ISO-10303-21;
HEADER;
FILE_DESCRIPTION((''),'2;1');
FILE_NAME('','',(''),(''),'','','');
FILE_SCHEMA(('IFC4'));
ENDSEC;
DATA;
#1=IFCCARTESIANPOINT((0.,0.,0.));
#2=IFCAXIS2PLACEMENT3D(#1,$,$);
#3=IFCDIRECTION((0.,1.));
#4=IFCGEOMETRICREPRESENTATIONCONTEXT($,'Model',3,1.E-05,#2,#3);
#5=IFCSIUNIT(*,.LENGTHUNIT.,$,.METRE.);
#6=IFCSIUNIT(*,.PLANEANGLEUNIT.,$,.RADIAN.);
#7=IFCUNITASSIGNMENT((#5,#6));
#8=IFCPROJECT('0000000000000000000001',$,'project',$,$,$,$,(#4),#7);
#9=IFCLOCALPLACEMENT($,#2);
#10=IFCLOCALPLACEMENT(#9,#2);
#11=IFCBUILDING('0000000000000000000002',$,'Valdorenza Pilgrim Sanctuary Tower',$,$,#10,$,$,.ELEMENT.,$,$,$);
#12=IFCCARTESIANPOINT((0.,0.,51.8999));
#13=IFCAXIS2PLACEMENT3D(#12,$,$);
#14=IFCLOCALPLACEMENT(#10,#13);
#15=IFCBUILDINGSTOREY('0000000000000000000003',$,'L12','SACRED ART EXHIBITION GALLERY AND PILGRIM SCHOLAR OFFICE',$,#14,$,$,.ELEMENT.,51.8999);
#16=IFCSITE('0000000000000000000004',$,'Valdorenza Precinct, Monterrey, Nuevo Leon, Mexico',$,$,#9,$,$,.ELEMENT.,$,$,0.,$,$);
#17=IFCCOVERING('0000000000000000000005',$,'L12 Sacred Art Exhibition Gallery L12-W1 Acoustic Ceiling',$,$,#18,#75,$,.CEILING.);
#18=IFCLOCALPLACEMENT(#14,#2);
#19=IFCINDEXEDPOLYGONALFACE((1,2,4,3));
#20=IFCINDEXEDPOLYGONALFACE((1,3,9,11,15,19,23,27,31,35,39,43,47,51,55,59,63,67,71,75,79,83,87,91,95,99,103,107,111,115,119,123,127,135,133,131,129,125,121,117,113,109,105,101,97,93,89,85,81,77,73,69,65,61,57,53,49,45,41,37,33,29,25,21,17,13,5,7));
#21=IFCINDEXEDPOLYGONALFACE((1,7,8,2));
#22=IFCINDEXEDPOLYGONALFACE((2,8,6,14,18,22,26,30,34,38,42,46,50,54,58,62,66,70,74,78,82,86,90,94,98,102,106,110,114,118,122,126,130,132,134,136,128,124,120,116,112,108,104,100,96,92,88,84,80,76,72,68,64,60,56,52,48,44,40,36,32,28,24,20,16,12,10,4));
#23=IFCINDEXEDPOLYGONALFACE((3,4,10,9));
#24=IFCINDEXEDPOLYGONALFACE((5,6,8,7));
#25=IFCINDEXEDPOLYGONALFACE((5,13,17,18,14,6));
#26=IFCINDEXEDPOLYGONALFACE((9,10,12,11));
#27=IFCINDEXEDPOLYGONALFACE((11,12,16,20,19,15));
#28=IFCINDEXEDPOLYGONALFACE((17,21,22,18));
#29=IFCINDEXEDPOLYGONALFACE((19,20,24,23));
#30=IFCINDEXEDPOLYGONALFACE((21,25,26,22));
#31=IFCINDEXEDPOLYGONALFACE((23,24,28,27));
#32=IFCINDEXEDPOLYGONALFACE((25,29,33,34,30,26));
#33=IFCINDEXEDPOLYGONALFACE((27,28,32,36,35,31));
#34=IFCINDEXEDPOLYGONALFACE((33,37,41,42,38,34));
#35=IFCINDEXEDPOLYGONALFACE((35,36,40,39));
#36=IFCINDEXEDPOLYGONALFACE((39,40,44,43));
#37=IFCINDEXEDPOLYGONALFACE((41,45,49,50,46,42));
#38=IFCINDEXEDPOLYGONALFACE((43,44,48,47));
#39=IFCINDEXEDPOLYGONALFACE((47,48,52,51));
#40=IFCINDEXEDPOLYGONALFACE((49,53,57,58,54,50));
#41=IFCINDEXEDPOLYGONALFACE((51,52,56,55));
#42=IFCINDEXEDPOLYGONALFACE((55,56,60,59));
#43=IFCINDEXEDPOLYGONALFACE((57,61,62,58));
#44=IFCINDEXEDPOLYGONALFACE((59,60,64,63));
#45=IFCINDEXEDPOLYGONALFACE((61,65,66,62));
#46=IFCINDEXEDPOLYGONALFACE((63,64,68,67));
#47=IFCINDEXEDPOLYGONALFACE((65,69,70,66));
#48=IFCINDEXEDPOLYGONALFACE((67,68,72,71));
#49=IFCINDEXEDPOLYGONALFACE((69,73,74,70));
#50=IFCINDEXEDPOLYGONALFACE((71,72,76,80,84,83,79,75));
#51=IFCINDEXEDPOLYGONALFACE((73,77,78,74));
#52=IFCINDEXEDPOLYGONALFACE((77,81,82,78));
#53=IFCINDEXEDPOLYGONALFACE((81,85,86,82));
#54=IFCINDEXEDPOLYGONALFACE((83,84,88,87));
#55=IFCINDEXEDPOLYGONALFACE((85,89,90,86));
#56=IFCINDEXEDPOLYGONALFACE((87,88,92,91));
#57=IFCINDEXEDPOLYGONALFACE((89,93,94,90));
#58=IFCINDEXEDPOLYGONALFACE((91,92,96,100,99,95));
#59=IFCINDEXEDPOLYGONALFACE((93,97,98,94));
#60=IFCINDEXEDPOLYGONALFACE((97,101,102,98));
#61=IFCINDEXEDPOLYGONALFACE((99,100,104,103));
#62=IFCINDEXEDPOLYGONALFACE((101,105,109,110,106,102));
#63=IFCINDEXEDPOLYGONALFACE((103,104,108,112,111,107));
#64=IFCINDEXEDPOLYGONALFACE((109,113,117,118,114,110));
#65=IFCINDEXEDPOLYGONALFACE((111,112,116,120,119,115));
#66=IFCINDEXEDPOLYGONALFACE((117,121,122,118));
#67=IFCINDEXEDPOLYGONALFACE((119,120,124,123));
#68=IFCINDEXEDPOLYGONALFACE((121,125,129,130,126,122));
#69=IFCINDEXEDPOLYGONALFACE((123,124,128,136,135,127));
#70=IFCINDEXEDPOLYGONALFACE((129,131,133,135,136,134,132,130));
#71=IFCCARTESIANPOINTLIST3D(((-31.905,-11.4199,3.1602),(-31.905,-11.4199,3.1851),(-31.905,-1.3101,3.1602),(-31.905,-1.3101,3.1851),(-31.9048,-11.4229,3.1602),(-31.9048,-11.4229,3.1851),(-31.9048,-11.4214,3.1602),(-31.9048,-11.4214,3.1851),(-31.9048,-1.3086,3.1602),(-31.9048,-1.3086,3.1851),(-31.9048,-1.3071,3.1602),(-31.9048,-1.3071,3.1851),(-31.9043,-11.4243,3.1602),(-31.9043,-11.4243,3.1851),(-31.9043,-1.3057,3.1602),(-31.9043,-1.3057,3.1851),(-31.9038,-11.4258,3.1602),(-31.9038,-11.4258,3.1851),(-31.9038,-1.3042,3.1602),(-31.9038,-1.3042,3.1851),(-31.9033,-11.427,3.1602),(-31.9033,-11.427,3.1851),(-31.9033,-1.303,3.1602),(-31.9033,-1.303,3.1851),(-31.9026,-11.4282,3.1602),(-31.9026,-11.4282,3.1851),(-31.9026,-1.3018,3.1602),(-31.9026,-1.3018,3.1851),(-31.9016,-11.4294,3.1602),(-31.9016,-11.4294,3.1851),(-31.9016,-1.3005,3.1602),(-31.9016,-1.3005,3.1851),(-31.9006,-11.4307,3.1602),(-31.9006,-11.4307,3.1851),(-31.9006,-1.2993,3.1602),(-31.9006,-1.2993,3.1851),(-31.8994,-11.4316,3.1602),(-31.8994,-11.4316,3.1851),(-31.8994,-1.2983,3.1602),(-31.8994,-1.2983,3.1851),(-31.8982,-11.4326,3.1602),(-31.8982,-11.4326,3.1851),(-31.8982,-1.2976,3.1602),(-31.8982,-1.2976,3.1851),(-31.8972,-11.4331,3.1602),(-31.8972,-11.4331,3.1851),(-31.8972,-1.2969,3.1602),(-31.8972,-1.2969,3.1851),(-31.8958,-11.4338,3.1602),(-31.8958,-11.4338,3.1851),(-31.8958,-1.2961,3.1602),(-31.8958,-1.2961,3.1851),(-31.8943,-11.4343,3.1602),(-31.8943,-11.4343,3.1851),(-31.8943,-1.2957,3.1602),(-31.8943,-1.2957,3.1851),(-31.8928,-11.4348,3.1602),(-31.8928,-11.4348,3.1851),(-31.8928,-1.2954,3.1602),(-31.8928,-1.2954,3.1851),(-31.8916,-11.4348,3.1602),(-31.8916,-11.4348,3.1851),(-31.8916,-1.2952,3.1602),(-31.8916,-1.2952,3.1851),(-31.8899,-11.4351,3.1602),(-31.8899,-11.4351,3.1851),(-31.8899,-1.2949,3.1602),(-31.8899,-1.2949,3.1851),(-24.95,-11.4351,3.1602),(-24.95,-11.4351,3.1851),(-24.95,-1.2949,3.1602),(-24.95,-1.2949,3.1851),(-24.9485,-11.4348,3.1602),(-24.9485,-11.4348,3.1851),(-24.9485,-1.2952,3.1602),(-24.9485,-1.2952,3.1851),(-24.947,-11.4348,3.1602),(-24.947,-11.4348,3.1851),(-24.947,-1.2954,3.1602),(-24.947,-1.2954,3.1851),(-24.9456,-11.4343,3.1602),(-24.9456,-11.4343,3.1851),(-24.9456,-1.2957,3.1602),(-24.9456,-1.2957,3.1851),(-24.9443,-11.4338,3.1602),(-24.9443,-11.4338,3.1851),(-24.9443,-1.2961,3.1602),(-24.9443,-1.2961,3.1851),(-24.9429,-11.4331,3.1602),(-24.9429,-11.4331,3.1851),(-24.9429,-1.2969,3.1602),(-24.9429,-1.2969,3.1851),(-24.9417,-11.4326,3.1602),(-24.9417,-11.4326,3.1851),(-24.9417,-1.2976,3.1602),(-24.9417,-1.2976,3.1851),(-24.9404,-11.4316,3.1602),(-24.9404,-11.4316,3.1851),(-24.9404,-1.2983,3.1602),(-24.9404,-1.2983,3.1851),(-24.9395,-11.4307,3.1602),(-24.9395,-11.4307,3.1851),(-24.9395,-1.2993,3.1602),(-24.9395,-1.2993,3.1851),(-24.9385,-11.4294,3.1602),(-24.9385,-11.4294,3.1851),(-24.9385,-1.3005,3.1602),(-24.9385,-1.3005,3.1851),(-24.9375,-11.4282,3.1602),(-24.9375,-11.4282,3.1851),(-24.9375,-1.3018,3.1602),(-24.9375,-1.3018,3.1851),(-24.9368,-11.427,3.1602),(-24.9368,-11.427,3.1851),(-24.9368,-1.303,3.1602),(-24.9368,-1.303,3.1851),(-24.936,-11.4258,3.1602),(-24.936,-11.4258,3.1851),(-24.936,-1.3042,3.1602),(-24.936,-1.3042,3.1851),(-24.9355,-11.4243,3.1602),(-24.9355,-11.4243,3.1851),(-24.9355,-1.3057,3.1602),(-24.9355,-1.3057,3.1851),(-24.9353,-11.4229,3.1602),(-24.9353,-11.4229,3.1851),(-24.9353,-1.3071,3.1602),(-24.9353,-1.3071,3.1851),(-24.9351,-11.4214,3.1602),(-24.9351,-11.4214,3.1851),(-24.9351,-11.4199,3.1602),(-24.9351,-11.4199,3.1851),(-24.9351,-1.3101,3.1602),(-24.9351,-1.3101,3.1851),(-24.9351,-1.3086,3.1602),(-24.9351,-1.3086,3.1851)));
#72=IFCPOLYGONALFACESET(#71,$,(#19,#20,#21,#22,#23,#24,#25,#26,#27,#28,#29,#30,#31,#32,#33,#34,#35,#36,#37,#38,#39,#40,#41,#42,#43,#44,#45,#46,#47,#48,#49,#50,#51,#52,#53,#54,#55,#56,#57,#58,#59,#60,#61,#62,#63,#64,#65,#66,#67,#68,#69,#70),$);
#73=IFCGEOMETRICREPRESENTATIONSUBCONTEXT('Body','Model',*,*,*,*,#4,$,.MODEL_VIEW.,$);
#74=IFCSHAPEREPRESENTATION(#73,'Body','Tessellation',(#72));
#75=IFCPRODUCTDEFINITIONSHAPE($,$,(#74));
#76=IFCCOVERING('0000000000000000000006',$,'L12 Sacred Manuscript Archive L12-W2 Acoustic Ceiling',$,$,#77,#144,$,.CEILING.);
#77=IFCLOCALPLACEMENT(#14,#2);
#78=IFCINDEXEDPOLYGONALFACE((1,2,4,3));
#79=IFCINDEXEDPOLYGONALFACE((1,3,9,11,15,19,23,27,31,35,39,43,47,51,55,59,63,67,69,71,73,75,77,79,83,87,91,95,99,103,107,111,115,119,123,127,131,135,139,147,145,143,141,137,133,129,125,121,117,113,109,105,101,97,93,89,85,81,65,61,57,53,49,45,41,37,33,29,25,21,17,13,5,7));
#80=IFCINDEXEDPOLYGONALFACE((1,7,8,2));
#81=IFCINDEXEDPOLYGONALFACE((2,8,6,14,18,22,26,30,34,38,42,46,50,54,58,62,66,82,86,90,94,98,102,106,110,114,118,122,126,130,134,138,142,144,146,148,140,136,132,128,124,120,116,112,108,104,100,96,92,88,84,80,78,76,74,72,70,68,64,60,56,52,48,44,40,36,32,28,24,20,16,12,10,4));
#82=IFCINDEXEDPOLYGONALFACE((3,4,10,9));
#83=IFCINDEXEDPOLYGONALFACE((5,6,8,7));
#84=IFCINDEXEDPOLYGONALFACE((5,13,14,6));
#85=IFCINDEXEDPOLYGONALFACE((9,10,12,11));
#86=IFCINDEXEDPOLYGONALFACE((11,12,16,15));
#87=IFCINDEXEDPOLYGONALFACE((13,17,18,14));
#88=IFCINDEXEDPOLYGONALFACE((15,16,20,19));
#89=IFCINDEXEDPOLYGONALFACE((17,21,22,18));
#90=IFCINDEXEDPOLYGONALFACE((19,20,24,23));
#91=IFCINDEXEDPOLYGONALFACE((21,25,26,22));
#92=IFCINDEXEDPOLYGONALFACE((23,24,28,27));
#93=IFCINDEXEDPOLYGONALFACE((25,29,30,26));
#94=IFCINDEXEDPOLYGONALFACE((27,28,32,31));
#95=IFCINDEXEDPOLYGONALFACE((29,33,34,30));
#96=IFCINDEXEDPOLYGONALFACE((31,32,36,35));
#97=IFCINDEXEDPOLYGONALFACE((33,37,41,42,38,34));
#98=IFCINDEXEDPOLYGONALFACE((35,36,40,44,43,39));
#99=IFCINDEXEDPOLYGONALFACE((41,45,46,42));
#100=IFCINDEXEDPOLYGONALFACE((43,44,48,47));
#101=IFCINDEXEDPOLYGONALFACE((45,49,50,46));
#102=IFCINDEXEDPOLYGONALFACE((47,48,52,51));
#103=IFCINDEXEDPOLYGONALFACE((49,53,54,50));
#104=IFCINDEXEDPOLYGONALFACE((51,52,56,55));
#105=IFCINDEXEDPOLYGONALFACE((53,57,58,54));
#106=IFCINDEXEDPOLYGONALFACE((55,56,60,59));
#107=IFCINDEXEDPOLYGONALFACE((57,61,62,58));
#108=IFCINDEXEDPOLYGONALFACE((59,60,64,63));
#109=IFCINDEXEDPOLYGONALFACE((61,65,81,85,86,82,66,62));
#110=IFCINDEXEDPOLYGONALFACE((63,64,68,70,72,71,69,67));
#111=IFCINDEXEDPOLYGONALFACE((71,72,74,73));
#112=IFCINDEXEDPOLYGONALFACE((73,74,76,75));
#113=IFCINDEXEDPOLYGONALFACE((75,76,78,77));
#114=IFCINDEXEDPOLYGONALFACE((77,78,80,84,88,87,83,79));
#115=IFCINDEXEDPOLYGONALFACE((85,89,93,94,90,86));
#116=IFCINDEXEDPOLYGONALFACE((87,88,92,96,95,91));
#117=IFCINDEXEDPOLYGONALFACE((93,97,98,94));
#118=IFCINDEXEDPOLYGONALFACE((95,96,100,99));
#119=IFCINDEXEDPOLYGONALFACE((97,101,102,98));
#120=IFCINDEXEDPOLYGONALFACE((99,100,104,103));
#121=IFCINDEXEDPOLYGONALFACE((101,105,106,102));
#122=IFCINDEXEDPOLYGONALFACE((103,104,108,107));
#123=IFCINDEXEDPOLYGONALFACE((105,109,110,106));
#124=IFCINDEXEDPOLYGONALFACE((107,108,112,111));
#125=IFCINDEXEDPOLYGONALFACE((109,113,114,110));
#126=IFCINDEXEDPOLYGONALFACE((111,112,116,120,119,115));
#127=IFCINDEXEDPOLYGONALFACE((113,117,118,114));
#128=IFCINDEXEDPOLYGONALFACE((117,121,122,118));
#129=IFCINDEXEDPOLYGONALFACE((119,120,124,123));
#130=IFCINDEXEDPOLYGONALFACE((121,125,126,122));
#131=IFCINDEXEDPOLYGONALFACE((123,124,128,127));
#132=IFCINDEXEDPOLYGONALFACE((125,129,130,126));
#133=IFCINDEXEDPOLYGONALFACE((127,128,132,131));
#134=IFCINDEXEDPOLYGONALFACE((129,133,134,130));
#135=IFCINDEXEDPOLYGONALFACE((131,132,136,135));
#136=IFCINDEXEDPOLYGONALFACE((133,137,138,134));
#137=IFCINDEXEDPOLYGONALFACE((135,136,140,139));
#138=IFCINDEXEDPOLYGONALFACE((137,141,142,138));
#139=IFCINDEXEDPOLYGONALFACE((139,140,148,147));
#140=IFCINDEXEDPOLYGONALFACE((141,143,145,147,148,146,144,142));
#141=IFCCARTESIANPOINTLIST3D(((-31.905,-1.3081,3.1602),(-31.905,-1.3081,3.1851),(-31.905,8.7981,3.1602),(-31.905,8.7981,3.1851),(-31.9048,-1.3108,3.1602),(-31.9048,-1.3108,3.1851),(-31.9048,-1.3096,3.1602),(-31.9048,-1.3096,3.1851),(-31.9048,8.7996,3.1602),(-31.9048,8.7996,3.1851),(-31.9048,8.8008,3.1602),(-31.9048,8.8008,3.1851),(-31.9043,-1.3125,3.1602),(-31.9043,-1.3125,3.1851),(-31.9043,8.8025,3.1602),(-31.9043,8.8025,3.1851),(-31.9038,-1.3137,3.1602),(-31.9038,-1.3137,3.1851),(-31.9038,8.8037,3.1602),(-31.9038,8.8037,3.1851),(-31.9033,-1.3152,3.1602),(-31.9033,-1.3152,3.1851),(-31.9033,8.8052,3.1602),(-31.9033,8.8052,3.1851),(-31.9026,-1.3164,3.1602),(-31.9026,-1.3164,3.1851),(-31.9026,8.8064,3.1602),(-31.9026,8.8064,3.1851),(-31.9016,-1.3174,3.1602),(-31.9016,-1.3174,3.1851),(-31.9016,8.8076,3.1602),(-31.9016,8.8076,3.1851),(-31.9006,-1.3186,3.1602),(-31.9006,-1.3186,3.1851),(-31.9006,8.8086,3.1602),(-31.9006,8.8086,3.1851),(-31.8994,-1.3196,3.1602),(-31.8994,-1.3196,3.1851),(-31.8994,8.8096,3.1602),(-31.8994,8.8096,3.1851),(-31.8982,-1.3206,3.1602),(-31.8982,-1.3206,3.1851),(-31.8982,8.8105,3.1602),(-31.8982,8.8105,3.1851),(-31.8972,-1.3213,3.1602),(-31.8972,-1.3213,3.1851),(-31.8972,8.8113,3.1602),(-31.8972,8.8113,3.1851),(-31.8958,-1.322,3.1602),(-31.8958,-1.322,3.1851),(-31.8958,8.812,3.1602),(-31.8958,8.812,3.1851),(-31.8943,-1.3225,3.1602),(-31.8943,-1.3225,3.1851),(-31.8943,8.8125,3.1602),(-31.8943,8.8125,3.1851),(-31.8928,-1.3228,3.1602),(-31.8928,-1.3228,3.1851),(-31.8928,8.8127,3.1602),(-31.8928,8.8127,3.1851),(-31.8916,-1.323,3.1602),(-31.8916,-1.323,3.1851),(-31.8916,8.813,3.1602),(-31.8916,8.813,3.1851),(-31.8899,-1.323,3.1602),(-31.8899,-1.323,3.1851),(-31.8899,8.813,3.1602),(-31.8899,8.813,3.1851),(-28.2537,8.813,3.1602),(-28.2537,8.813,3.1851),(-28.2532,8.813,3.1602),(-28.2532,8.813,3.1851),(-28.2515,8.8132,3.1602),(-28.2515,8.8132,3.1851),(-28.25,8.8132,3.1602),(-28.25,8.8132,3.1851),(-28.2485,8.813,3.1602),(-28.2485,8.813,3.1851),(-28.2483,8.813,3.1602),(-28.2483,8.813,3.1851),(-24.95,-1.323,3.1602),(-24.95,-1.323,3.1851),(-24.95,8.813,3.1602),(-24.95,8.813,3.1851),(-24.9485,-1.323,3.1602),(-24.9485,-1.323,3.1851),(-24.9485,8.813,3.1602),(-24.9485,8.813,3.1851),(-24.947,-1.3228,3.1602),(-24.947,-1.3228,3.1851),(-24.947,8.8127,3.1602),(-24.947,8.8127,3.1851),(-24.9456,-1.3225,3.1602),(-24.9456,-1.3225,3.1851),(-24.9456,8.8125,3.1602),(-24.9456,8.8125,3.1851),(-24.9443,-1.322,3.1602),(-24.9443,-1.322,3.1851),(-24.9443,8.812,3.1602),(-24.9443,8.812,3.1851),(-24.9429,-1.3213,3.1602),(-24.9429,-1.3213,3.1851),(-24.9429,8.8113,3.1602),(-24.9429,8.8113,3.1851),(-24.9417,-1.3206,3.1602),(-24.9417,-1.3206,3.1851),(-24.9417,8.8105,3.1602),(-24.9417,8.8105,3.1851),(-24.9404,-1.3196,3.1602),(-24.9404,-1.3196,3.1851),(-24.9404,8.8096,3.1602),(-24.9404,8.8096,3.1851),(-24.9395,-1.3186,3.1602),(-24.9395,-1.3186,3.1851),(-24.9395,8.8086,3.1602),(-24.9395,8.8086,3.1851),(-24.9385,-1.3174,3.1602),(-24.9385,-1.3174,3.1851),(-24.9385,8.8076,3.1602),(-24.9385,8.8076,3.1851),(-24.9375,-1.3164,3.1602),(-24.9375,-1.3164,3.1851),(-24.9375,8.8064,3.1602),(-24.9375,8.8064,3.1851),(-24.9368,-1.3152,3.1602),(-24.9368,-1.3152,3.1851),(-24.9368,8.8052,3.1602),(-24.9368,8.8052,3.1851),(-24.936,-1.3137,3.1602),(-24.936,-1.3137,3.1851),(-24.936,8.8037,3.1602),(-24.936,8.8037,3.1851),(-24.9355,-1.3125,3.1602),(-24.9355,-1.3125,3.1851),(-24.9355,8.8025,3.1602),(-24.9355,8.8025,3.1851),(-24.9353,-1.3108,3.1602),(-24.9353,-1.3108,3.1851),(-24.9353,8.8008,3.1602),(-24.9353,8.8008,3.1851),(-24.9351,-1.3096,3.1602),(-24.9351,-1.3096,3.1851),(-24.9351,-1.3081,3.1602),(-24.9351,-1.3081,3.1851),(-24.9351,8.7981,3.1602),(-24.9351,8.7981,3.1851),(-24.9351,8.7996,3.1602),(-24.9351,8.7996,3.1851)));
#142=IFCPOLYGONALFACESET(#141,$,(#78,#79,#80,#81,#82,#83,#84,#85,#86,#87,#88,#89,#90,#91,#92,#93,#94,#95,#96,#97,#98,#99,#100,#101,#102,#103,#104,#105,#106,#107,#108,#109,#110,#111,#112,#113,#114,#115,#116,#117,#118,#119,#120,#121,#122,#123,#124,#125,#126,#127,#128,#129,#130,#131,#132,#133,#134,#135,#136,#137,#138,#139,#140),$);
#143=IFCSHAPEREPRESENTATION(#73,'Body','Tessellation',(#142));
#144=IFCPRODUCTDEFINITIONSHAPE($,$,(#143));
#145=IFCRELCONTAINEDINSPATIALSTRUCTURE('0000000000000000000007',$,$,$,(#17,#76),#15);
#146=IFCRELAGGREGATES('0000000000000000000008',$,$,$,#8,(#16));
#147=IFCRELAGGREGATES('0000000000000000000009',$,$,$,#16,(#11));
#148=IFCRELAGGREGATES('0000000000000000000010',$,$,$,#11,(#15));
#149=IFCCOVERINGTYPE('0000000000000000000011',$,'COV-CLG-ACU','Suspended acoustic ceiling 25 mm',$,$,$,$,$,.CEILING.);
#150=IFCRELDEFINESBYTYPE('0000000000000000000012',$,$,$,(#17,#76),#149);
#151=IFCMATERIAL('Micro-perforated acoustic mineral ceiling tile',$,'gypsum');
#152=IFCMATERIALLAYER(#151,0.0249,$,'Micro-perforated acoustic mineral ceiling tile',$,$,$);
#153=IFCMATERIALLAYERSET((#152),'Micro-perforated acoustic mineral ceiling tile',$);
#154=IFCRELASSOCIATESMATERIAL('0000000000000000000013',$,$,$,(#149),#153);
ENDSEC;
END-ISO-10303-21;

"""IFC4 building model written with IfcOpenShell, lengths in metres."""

from ifc_helpers import new_model, si_unit, direction, frame, origin, place, context, subcontext, project, spatial, polyline, outline, extrude, material, layer, layer_set, type_object, element, save


model = new_model("IFC4")

# Units and contexts
model_context = context("Model", 3, precision=1e-05, world=origin(), true_north=direction((0.0, 1.0)))
body_context = subcontext(model_context, "Body", "Model", "MODEL_VIEW")
ifc_project = project(units=[si_unit("LENGTHUNIT", "METRE"), si_unit("PLANEANGLEUNIT", "RADIAN")], contexts=[model_context])

# Site, building, storey
site_placement = place(None, origin())
site = spatial("IfcSite", under=ifc_project, at=site_placement, Name="Valdorenza Precinct, Monterrey, Nuevo Leon, Mexico", CompositionType="ELEMENT", RefElevation=0.0)
building_placement = place(site_placement, origin())
building = spatial("IfcBuilding", under=site, at=building_placement, Name="Valdorenza Pilgrim Sanctuary Tower", CompositionType="ELEMENT")
storey_placement = place(building_placement, frame((0.0, 0.0, 51.8999)))
storey = spatial("IfcBuildingStorey", under=building, at=storey_placement, Name="L12", Description="SACRED ART EXHIBITION GALLERY AND PILGRIM SCHOLAR OFFICE", CompositionType="ELEMENT", Elevation=51.8999)

# Coverings
ifc_material_1 = material(Name="Micro-perforated acoustic mineral ceiling tile", Category="gypsum")
ifc_layer_1 = layer(ifc_material_1, 0.0249, Name="Micro-perforated acoustic mineral ceiling tile")
ifc_layer_set_1 = layer_set([ifc_layer_1], Name="Micro-perforated acoustic mineral ceiling tile")
covering_type_1 = type_object("IfcCoveringType", Name="COV-CLG-ACU", Description="Suspended acoustic ceiling 25 mm", PredefinedType="CEILING", material=ifc_layer_set_1)
covering_1_placement = place(storey_placement, frame((0.0, 0.0, 3.1602)))
element("IfcCovering", 1, at=covering_1_placement, inside=storey, type_object=covering_type_1, Name="L12 Sacred Art Exhibition Gallery L12-W1 Acoustic Ceiling", PredefinedType="CEILING", context=body_context, shape_type="SweptSolid", body=[
    extrude(outline(polyline([(-24.9351, -11.4199), (-24.9351, -11.4214), (-24.9353, -11.4229), (-24.9355, -11.4243), (-24.936, -11.4258), (-24.9368, -11.427), (-24.9375, -11.4282), (-24.9385, -11.4294), (-24.9395, -11.4307), (-24.9404, -11.4316), (-24.9417, -11.4326), (-24.9429, -11.4331), (-24.9443, -11.4338), (-24.9456, -11.4343), (-24.947, -11.4348), (-24.9485, -11.4348), (-24.95, -11.4351), (-31.8899, -11.4351), (-31.8916, -11.4348), (-31.8928, -11.4348), (-31.8943, -11.4343), (-31.8958, -11.4338), (-31.8972, -11.4331), (-31.8982, -11.4326), (-31.8994, -11.4316), (-31.9006, -11.4307), (-31.9016, -11.4294), (-31.9026, -11.4282), (-31.9033, -11.427), (-31.9038, -11.4258), (-31.9043, -11.4243), (-31.9048, -11.4229), (-31.9048, -11.4214), (-31.905, -11.4199), (-31.905, -1.3101), (-31.9048, -1.3086), (-31.9048, -1.3071), (-31.9043, -1.3057), (-31.9038, -1.3042), (-31.9033, -1.303), (-31.9026, -1.3018), (-31.9016, -1.3005), (-31.9006, -1.2993), (-31.8994, -1.2983), (-31.8982, -1.2976), (-31.8972, -1.2969), (-31.8958, -1.2961), (-31.8943, -1.2957), (-31.8928, -1.2954), (-31.8916, -1.2952), (-31.8899, -1.2949), (-24.95, -1.2949), (-24.9485, -1.2952), (-24.947, -1.2954), (-24.9456, -1.2957), (-24.9443, -1.2961), (-24.9429, -1.2969), (-24.9417, -1.2976), (-24.9404, -1.2983), (-24.9395, -1.2993), (-24.9385, -1.3005), (-24.9375, -1.3018), (-24.9368, -1.303), (-24.936, -1.3042), (-24.9355, -1.3057), (-24.9353, -1.3071), (-24.9351, -1.3086), (-24.9351, -1.3101), (-24.9351, -11.4199)])), origin(), (0.0, 0.0, 1.0), 0.0249),
])
covering_2_placement = place(storey_placement, frame((0.0, 0.0, 3.1602)))
element("IfcCovering", 2, at=covering_2_placement, inside=storey, type_object=covering_type_1, Name="L12 Sacred Manuscript Archive L12-W2 Acoustic Ceiling", PredefinedType="CEILING", context=body_context, shape_type="SweptSolid", body=[
    extrude(outline(polyline([(-28.2537, 8.813), (-28.2532, 8.813), (-28.2515, 8.8132), (-28.25, 8.8132), (-28.2485, 8.813), (-28.2483, 8.813), (-24.95, 8.813), (-24.9485, 8.813), (-24.947, 8.8127), (-24.9456, 8.8125), (-24.9443, 8.812), (-24.9429, 8.8113), (-24.9417, 8.8105), (-24.9404, 8.8096), (-24.9395, 8.8086), (-24.9385, 8.8076), (-24.9375, 8.8064), (-24.9368, 8.8052), (-24.936, 8.8037), (-24.9355, 8.8025), (-24.9353, 8.8008), (-24.9351, 8.7996), (-24.9351, 8.7981), (-24.9351, -1.3081), (-24.9351, -1.3096), (-24.9353, -1.3108), (-24.9355, -1.3125), (-24.936, -1.3137), (-24.9368, -1.3152), (-24.9375, -1.3164), (-24.9385, -1.3174), (-24.9395, -1.3186), (-24.9404, -1.3196), (-24.9417, -1.3206), (-24.9429, -1.3213), (-24.9443, -1.322), (-24.9456, -1.3225), (-24.947, -1.3228), (-24.9485, -1.323), (-24.95, -1.323), (-31.8899, -1.323), (-31.8916, -1.323), (-31.8928, -1.3228), (-31.8943, -1.3225), (-31.8958, -1.322), (-31.8972, -1.3213), (-31.8982, -1.3206), (-31.8994, -1.3196), (-31.9006, -1.3186), (-31.9016, -1.3174), (-31.9026, -1.3164), (-31.9033, -1.3152), (-31.9038, -1.3137), (-31.9043, -1.3125), (-31.9048, -1.3108), (-31.9048, -1.3096), (-31.905, -1.3081), (-31.905, 8.7981), (-31.9048, 8.7996), (-31.9048, 8.8008), (-31.9043, 8.8025), (-31.9038, 8.8037), (-31.9033, 8.8052), (-31.9026, 8.8064), (-31.9016, 8.8076), (-31.9006, 8.8086), (-31.8994, 8.8096), (-31.8982, 8.8105), (-31.8972, 8.8113), (-31.8958, 8.812), (-31.8943, 8.8125), (-31.8928, 8.8127), (-31.8916, 8.813), (-31.8899, 8.813), (-28.2537, 8.813)])), origin(), (0.0, 0.0, 1.0), 0.0249),
])

save(model, "model.ifc")
